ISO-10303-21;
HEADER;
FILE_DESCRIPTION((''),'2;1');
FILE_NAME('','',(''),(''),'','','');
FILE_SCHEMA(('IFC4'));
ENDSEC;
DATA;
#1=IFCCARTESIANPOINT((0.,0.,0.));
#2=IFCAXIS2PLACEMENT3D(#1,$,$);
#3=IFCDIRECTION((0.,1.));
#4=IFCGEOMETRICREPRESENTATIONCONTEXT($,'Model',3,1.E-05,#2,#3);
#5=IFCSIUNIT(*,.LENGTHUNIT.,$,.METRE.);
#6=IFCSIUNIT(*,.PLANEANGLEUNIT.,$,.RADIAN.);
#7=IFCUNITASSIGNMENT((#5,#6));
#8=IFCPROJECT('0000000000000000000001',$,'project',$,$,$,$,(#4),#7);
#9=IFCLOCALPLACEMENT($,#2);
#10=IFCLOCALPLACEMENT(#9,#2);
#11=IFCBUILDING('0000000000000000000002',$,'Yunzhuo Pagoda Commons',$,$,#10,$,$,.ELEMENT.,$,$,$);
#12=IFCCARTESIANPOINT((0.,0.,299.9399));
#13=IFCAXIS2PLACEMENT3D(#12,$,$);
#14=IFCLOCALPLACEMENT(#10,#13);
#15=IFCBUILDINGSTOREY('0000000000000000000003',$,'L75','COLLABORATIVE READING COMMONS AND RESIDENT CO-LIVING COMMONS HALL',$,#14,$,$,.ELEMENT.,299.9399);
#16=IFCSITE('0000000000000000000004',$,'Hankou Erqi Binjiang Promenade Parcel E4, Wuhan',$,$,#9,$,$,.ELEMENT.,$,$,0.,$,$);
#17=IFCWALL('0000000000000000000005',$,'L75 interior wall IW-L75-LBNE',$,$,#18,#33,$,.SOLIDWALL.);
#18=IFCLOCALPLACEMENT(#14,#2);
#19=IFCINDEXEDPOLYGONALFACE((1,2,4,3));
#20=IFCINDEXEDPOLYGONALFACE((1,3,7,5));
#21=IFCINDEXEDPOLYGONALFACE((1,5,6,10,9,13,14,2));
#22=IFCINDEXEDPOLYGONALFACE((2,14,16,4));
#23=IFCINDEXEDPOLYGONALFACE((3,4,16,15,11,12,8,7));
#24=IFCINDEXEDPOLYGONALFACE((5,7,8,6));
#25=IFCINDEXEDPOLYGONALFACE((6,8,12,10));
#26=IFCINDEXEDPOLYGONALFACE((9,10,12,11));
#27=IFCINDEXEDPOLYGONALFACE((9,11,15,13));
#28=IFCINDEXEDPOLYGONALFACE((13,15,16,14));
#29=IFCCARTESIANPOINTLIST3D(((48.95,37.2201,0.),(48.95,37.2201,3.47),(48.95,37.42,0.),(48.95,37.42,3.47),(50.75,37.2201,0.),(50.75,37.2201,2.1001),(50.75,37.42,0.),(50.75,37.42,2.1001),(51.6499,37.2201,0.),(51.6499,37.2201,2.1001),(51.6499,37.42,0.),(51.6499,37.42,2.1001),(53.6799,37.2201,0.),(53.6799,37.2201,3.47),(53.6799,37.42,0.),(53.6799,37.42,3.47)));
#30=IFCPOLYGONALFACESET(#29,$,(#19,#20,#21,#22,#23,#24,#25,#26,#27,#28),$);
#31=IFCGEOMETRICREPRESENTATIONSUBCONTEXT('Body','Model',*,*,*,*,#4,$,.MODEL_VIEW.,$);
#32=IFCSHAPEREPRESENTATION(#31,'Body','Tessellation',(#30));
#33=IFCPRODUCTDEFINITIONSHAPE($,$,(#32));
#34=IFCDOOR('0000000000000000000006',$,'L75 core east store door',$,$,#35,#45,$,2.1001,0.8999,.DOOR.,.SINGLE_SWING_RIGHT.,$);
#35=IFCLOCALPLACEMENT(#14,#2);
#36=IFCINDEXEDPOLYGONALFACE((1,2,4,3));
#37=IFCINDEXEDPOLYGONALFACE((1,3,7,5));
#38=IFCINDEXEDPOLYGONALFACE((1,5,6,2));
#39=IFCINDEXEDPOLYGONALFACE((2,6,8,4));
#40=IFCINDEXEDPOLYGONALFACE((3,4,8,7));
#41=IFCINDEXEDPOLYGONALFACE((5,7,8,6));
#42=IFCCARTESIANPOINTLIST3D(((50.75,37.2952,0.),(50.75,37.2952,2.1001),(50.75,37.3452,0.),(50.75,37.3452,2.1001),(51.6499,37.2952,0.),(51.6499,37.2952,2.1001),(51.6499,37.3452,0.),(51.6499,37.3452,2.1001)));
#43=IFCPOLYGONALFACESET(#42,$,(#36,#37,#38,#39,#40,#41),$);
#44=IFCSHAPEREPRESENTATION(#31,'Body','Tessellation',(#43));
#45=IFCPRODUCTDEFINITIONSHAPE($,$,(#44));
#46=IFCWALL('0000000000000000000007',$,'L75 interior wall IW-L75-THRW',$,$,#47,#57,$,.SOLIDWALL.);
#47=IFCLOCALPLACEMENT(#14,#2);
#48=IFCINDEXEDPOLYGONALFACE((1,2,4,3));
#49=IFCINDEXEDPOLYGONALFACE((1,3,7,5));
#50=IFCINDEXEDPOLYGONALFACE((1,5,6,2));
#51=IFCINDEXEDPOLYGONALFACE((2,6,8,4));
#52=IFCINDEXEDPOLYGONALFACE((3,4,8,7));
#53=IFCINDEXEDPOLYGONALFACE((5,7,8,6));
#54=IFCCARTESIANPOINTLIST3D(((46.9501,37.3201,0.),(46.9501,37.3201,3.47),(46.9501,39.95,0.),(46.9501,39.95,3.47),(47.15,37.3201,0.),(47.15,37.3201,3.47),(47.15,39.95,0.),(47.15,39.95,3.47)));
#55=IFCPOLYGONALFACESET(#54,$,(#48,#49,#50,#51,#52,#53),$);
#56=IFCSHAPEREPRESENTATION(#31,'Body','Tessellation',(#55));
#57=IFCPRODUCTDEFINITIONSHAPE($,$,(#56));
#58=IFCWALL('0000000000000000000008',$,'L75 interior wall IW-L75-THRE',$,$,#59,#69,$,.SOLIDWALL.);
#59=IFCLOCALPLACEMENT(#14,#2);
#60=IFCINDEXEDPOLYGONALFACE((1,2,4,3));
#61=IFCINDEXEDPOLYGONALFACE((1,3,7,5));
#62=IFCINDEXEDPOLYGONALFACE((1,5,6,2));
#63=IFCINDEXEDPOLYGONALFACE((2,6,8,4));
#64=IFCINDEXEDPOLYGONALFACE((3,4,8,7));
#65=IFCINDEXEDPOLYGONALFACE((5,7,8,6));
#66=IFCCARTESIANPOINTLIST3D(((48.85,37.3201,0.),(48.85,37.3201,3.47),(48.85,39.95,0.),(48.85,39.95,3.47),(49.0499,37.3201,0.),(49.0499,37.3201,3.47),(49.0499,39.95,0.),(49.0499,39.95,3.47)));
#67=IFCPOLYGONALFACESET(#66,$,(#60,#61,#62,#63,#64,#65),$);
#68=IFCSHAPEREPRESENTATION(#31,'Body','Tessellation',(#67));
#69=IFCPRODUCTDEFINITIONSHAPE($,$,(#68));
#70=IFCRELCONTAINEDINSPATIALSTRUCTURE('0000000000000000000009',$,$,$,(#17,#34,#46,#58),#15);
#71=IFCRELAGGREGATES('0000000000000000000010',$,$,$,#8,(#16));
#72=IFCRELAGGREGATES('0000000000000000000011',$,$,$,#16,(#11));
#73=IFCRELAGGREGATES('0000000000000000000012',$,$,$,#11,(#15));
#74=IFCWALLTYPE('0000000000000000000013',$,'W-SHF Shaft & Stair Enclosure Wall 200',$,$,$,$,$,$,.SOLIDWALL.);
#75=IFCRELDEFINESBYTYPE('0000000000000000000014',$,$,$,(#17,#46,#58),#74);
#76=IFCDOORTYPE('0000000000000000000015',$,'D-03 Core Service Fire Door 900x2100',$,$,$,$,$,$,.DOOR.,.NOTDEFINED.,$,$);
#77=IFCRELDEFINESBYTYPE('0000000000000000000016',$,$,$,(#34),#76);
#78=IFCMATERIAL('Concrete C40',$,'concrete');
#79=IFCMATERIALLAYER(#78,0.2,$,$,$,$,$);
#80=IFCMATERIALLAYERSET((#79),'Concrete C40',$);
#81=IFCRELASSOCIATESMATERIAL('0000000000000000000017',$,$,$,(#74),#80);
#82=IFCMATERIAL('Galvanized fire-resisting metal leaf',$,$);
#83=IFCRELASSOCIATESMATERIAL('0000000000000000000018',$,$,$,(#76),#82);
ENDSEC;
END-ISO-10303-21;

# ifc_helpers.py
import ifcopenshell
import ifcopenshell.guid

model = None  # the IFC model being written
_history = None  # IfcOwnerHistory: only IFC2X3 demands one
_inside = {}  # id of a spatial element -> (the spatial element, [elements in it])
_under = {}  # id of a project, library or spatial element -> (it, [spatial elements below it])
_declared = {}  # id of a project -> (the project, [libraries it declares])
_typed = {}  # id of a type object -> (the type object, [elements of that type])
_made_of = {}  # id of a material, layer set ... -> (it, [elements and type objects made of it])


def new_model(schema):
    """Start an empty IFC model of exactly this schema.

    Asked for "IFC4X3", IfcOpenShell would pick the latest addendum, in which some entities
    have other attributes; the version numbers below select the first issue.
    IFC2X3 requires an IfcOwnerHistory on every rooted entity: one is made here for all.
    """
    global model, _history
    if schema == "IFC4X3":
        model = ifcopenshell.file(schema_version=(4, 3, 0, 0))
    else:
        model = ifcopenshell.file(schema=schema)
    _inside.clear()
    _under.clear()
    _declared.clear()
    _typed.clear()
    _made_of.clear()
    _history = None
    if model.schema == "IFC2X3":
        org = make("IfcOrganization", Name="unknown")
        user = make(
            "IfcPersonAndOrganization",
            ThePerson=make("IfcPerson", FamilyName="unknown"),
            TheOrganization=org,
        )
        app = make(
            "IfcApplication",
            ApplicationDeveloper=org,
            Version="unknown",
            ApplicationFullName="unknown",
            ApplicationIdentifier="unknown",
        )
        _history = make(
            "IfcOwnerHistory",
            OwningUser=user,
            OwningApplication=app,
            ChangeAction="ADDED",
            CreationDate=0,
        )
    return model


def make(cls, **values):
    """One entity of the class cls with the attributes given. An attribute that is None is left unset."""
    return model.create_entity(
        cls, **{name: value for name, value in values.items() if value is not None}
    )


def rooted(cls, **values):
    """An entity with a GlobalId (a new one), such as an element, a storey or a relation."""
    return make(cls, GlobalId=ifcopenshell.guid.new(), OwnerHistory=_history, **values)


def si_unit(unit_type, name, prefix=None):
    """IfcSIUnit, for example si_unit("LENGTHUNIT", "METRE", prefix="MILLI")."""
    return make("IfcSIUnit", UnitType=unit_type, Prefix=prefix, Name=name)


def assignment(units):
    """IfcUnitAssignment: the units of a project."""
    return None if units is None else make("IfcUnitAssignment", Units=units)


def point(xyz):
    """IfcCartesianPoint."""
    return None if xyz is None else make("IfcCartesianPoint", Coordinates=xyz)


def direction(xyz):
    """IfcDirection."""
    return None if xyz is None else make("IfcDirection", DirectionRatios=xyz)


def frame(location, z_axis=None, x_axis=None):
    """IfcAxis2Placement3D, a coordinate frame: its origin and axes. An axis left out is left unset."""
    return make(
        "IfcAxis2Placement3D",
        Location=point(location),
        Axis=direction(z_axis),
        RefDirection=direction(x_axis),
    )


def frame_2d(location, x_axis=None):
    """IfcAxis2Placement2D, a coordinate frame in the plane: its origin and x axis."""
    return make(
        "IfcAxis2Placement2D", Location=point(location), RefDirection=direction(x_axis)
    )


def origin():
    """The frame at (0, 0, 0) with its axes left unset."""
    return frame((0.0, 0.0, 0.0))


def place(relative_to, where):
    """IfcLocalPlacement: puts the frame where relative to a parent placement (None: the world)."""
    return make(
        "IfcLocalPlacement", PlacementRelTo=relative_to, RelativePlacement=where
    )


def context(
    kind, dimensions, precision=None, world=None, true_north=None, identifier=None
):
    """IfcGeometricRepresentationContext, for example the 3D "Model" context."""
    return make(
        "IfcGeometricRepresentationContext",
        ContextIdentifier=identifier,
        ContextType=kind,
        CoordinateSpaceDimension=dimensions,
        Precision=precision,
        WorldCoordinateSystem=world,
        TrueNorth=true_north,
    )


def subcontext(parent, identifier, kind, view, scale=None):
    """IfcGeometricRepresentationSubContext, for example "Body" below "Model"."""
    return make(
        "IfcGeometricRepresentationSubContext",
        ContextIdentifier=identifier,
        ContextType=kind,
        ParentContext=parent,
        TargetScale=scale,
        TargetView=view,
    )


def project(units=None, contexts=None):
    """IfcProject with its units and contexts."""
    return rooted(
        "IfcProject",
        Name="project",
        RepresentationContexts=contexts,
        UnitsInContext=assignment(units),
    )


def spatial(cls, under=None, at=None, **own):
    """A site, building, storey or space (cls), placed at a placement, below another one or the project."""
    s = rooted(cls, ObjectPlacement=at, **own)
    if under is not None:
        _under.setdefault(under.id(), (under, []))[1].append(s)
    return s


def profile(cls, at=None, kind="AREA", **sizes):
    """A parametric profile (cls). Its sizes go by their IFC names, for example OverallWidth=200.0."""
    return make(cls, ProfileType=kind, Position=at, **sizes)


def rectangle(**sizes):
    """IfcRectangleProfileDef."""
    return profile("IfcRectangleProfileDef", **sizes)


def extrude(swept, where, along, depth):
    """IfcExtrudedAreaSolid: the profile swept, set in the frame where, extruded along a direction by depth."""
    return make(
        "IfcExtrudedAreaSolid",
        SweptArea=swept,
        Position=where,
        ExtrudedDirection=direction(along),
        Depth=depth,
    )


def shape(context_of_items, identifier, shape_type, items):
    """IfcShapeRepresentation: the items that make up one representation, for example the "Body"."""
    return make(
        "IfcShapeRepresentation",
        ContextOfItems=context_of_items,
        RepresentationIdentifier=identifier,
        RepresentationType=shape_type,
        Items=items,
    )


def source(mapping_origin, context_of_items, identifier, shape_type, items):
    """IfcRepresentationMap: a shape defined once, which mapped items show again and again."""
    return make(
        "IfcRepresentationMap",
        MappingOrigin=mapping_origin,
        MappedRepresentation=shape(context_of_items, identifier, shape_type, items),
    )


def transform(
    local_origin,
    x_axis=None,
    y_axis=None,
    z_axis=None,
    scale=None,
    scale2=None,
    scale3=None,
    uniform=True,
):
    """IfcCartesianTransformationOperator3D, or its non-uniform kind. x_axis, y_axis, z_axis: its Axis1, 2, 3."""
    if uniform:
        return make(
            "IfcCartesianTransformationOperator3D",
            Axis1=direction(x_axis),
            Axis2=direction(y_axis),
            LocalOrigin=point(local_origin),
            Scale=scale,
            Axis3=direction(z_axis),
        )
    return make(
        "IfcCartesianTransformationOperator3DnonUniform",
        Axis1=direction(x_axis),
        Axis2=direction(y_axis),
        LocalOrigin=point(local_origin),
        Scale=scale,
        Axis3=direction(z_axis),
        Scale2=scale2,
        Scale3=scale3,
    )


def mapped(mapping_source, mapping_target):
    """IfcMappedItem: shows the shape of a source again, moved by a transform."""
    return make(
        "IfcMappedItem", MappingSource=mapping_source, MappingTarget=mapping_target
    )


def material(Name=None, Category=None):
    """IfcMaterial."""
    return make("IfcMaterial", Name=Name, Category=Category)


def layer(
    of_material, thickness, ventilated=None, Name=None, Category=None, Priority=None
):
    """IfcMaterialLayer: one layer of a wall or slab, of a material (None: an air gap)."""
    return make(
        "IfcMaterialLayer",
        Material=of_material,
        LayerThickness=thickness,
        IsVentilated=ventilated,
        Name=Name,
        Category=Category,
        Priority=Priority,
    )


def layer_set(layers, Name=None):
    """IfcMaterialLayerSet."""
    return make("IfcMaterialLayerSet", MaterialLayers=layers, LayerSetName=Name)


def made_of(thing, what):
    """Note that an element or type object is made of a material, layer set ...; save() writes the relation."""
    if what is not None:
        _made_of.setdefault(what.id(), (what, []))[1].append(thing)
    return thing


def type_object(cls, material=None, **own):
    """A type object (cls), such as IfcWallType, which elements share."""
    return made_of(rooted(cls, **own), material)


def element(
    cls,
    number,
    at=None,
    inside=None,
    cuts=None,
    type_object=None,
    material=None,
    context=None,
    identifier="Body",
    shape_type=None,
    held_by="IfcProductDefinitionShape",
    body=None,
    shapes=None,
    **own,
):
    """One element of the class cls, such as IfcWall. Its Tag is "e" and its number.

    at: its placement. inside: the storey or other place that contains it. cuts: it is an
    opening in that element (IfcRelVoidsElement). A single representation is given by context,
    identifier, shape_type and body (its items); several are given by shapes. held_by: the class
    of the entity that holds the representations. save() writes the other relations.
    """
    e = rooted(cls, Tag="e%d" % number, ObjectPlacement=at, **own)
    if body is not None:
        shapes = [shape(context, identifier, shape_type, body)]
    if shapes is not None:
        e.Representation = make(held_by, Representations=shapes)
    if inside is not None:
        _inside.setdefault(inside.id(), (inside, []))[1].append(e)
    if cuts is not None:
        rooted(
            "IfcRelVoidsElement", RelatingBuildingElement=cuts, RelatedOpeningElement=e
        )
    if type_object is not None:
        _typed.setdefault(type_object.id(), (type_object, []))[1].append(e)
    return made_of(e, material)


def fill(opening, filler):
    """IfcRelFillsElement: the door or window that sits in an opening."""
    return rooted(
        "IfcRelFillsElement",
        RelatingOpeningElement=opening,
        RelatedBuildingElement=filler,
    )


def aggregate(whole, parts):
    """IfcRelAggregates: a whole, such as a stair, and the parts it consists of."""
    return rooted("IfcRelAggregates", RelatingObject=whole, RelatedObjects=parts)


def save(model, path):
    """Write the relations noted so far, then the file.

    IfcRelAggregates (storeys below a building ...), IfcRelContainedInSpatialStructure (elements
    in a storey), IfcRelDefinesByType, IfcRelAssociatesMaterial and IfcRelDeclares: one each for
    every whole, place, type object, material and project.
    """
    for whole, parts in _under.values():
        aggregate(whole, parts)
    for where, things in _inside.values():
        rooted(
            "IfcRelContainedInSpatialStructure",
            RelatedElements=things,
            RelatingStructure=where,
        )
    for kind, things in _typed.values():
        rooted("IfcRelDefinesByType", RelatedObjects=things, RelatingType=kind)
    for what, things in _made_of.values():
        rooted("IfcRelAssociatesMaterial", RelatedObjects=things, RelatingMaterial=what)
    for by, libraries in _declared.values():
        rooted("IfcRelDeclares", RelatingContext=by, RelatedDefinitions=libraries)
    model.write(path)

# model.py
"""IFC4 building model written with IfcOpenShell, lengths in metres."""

from ifc_helpers import new_model, si_unit, direction, frame, frame_2d, origin, place, context, subcontext, project, spatial, rectangle, extrude, source, transform, mapped, material, layer, layer_set, type_object, element, fill, save


model = new_model("IFC4")

# Units and contexts
model_context = context("Model", 3, precision=1e-05, world=origin(), true_north=direction((0.0, 1.0)))
body_context = subcontext(model_context, "Body", "Model", "MODEL_VIEW")
ifc_project = project(units=[si_unit("LENGTHUNIT", "METRE"), si_unit("PLANEANGLEUNIT", "RADIAN")], contexts=[model_context])

# Site, building, storey
site_placement = place(None, origin())
site = spatial("IfcSite", under=ifc_project, at=site_placement, Name="Hankou Erqi Binjiang Promenade Parcel E4, Wuhan", CompositionType="ELEMENT", RefElevation=0.0)
building_placement = place(site_placement, origin())
building = spatial("IfcBuilding", under=site, at=building_placement, Name="Yunzhuo Pagoda Commons", CompositionType="ELEMENT")
storey_placement = place(building_placement, frame((0.0, 0.0, 299.9399)))
storey = spatial("IfcBuildingStorey", under=building, at=storey_placement, Name="L75", Description="COLLABORATIVE READING COMMONS AND RESIDENT CO-LIVING COMMONS HALL", CompositionType="ELEMENT", Elevation=299.9399)

# Shared definitions
ifc_material_1 = material(Name="Galvanized fire-resisting metal leaf")

# Shared definitions
ifc_material_2 = material(Name="Concrete C40", Category="concrete")
ifc_layer_1 = layer(ifc_material_2, 0.2)
ifc_layer_set_1 = layer_set([ifc_layer_1], Name="Concrete C40")
wall_type_1 = type_object("IfcWallType", Name="W-SHF Shaft & Stair Enclosure Wall 200", PredefinedType="SOLIDWALL", material=ifc_layer_set_1)

# Wall, opening, door
wall_1_placement = place(storey_placement, frame((48.95, 37.3201, 0.0), z_axis=(0.0, 0.0, 1.0), x_axis=(1.0, 0.0, 0.0)))
wall_1 = element("IfcWall", 1, at=wall_1_placement, inside=storey, type_object=wall_type_1, Name="L75 interior wall IW-L75-LBNE", PredefinedType="SOLIDWALL", context=body_context, shape_type="SweptSolid", body=[
    extrude(rectangle(XDim=4.73, YDim=0.2, at=frame_2d((2.365, 0.0))), origin(), (0.0, 0.0, 1.0), 3.47),
])
opening_1_placement = place(wall_1_placement, frame((1.8, 0.0, 0.0)))
opening_1 = element("IfcOpeningElement", 2, at=opening_1_placement, cuts=wall_1, PredefinedType="OPENING", context=body_context, shape_type="SweptSolid", body=[
    extrude(rectangle(XDim=0.8999, YDim=2.1001, at=frame_2d((0.45, 1.05))), frame((0.0, 0.1099, 0.0), z_axis=(0.0, -1.0, 0.0), x_axis=(1.0, 0.0, 0.0)), (0.0, 0.0, 1.0), 0.22),
])
door_type_1 = type_object("IfcDoorType", Name="D-03 Core Service Fire Door 900x2100", OperationType="NOTDEFINED", PredefinedType="DOOR", material=ifc_material_1)
shared_shape_1 = source(origin(), body_context, "Body", "SweptSolid", [
    extrude(rectangle(XDim=0.8999, YDim=2.1001, at=frame_2d((0.45, 1.05))), frame((0.0, 0.0249, 0.0), z_axis=(0.0, -1.0, 0.0), x_axis=(1.0, 0.0, 0.0)), (0.0, 0.0, 1.0), 0.05),
])
door_1_placement = place(opening_1_placement, frame((0.8999, 0.0, 0.0), z_axis=(0.0, 0.0, 1.0), x_axis=(-1.0, 0.0, 0.0)))
door_1 = element("IfcDoor", 3, at=door_1_placement, inside=storey, type_object=door_type_1, Name="L75 core east store door", OperationType="SINGLE_SWING_RIGHT", OverallHeight=2.1001, OverallWidth=0.8999, PredefinedType="DOOR", context=body_context, shape_type="MappedRepresentation", body=[
    mapped(shared_shape_1, transform((0.0, 0.0, 0.0), scale=1.0)),
])
fill(opening_1, door_1)

# Walls
for number, where, z_axis, x_axis, name in (
    (4, (47.05, 37.3201, 0.0), (0.0, 0.0, 1.0), (0.0, 1.0, 0.0), "L75 interior wall IW-L75-THRW"),
    (5, (48.95, 37.3201, 0.0), (0.0, 0.0, 1.0), (0.0, 1.0, 0.0), "L75 interior wall IW-L75-THRE"),
):
    element("IfcWall", number, at=place(storey_placement, frame(where, z_axis=z_axis, x_axis=x_axis)), inside=storey, type_object=wall_type_1, Name=name, PredefinedType="SOLIDWALL", context=body_context, shape_type="SweptSolid", body=[
        extrude(rectangle(XDim=2.6299, YDim=0.2, at=frame_2d((1.3149, 0.0))), origin(), (0.0, 0.0, 1.0), 3.47),
    ])

save(model, "model.ifc")
